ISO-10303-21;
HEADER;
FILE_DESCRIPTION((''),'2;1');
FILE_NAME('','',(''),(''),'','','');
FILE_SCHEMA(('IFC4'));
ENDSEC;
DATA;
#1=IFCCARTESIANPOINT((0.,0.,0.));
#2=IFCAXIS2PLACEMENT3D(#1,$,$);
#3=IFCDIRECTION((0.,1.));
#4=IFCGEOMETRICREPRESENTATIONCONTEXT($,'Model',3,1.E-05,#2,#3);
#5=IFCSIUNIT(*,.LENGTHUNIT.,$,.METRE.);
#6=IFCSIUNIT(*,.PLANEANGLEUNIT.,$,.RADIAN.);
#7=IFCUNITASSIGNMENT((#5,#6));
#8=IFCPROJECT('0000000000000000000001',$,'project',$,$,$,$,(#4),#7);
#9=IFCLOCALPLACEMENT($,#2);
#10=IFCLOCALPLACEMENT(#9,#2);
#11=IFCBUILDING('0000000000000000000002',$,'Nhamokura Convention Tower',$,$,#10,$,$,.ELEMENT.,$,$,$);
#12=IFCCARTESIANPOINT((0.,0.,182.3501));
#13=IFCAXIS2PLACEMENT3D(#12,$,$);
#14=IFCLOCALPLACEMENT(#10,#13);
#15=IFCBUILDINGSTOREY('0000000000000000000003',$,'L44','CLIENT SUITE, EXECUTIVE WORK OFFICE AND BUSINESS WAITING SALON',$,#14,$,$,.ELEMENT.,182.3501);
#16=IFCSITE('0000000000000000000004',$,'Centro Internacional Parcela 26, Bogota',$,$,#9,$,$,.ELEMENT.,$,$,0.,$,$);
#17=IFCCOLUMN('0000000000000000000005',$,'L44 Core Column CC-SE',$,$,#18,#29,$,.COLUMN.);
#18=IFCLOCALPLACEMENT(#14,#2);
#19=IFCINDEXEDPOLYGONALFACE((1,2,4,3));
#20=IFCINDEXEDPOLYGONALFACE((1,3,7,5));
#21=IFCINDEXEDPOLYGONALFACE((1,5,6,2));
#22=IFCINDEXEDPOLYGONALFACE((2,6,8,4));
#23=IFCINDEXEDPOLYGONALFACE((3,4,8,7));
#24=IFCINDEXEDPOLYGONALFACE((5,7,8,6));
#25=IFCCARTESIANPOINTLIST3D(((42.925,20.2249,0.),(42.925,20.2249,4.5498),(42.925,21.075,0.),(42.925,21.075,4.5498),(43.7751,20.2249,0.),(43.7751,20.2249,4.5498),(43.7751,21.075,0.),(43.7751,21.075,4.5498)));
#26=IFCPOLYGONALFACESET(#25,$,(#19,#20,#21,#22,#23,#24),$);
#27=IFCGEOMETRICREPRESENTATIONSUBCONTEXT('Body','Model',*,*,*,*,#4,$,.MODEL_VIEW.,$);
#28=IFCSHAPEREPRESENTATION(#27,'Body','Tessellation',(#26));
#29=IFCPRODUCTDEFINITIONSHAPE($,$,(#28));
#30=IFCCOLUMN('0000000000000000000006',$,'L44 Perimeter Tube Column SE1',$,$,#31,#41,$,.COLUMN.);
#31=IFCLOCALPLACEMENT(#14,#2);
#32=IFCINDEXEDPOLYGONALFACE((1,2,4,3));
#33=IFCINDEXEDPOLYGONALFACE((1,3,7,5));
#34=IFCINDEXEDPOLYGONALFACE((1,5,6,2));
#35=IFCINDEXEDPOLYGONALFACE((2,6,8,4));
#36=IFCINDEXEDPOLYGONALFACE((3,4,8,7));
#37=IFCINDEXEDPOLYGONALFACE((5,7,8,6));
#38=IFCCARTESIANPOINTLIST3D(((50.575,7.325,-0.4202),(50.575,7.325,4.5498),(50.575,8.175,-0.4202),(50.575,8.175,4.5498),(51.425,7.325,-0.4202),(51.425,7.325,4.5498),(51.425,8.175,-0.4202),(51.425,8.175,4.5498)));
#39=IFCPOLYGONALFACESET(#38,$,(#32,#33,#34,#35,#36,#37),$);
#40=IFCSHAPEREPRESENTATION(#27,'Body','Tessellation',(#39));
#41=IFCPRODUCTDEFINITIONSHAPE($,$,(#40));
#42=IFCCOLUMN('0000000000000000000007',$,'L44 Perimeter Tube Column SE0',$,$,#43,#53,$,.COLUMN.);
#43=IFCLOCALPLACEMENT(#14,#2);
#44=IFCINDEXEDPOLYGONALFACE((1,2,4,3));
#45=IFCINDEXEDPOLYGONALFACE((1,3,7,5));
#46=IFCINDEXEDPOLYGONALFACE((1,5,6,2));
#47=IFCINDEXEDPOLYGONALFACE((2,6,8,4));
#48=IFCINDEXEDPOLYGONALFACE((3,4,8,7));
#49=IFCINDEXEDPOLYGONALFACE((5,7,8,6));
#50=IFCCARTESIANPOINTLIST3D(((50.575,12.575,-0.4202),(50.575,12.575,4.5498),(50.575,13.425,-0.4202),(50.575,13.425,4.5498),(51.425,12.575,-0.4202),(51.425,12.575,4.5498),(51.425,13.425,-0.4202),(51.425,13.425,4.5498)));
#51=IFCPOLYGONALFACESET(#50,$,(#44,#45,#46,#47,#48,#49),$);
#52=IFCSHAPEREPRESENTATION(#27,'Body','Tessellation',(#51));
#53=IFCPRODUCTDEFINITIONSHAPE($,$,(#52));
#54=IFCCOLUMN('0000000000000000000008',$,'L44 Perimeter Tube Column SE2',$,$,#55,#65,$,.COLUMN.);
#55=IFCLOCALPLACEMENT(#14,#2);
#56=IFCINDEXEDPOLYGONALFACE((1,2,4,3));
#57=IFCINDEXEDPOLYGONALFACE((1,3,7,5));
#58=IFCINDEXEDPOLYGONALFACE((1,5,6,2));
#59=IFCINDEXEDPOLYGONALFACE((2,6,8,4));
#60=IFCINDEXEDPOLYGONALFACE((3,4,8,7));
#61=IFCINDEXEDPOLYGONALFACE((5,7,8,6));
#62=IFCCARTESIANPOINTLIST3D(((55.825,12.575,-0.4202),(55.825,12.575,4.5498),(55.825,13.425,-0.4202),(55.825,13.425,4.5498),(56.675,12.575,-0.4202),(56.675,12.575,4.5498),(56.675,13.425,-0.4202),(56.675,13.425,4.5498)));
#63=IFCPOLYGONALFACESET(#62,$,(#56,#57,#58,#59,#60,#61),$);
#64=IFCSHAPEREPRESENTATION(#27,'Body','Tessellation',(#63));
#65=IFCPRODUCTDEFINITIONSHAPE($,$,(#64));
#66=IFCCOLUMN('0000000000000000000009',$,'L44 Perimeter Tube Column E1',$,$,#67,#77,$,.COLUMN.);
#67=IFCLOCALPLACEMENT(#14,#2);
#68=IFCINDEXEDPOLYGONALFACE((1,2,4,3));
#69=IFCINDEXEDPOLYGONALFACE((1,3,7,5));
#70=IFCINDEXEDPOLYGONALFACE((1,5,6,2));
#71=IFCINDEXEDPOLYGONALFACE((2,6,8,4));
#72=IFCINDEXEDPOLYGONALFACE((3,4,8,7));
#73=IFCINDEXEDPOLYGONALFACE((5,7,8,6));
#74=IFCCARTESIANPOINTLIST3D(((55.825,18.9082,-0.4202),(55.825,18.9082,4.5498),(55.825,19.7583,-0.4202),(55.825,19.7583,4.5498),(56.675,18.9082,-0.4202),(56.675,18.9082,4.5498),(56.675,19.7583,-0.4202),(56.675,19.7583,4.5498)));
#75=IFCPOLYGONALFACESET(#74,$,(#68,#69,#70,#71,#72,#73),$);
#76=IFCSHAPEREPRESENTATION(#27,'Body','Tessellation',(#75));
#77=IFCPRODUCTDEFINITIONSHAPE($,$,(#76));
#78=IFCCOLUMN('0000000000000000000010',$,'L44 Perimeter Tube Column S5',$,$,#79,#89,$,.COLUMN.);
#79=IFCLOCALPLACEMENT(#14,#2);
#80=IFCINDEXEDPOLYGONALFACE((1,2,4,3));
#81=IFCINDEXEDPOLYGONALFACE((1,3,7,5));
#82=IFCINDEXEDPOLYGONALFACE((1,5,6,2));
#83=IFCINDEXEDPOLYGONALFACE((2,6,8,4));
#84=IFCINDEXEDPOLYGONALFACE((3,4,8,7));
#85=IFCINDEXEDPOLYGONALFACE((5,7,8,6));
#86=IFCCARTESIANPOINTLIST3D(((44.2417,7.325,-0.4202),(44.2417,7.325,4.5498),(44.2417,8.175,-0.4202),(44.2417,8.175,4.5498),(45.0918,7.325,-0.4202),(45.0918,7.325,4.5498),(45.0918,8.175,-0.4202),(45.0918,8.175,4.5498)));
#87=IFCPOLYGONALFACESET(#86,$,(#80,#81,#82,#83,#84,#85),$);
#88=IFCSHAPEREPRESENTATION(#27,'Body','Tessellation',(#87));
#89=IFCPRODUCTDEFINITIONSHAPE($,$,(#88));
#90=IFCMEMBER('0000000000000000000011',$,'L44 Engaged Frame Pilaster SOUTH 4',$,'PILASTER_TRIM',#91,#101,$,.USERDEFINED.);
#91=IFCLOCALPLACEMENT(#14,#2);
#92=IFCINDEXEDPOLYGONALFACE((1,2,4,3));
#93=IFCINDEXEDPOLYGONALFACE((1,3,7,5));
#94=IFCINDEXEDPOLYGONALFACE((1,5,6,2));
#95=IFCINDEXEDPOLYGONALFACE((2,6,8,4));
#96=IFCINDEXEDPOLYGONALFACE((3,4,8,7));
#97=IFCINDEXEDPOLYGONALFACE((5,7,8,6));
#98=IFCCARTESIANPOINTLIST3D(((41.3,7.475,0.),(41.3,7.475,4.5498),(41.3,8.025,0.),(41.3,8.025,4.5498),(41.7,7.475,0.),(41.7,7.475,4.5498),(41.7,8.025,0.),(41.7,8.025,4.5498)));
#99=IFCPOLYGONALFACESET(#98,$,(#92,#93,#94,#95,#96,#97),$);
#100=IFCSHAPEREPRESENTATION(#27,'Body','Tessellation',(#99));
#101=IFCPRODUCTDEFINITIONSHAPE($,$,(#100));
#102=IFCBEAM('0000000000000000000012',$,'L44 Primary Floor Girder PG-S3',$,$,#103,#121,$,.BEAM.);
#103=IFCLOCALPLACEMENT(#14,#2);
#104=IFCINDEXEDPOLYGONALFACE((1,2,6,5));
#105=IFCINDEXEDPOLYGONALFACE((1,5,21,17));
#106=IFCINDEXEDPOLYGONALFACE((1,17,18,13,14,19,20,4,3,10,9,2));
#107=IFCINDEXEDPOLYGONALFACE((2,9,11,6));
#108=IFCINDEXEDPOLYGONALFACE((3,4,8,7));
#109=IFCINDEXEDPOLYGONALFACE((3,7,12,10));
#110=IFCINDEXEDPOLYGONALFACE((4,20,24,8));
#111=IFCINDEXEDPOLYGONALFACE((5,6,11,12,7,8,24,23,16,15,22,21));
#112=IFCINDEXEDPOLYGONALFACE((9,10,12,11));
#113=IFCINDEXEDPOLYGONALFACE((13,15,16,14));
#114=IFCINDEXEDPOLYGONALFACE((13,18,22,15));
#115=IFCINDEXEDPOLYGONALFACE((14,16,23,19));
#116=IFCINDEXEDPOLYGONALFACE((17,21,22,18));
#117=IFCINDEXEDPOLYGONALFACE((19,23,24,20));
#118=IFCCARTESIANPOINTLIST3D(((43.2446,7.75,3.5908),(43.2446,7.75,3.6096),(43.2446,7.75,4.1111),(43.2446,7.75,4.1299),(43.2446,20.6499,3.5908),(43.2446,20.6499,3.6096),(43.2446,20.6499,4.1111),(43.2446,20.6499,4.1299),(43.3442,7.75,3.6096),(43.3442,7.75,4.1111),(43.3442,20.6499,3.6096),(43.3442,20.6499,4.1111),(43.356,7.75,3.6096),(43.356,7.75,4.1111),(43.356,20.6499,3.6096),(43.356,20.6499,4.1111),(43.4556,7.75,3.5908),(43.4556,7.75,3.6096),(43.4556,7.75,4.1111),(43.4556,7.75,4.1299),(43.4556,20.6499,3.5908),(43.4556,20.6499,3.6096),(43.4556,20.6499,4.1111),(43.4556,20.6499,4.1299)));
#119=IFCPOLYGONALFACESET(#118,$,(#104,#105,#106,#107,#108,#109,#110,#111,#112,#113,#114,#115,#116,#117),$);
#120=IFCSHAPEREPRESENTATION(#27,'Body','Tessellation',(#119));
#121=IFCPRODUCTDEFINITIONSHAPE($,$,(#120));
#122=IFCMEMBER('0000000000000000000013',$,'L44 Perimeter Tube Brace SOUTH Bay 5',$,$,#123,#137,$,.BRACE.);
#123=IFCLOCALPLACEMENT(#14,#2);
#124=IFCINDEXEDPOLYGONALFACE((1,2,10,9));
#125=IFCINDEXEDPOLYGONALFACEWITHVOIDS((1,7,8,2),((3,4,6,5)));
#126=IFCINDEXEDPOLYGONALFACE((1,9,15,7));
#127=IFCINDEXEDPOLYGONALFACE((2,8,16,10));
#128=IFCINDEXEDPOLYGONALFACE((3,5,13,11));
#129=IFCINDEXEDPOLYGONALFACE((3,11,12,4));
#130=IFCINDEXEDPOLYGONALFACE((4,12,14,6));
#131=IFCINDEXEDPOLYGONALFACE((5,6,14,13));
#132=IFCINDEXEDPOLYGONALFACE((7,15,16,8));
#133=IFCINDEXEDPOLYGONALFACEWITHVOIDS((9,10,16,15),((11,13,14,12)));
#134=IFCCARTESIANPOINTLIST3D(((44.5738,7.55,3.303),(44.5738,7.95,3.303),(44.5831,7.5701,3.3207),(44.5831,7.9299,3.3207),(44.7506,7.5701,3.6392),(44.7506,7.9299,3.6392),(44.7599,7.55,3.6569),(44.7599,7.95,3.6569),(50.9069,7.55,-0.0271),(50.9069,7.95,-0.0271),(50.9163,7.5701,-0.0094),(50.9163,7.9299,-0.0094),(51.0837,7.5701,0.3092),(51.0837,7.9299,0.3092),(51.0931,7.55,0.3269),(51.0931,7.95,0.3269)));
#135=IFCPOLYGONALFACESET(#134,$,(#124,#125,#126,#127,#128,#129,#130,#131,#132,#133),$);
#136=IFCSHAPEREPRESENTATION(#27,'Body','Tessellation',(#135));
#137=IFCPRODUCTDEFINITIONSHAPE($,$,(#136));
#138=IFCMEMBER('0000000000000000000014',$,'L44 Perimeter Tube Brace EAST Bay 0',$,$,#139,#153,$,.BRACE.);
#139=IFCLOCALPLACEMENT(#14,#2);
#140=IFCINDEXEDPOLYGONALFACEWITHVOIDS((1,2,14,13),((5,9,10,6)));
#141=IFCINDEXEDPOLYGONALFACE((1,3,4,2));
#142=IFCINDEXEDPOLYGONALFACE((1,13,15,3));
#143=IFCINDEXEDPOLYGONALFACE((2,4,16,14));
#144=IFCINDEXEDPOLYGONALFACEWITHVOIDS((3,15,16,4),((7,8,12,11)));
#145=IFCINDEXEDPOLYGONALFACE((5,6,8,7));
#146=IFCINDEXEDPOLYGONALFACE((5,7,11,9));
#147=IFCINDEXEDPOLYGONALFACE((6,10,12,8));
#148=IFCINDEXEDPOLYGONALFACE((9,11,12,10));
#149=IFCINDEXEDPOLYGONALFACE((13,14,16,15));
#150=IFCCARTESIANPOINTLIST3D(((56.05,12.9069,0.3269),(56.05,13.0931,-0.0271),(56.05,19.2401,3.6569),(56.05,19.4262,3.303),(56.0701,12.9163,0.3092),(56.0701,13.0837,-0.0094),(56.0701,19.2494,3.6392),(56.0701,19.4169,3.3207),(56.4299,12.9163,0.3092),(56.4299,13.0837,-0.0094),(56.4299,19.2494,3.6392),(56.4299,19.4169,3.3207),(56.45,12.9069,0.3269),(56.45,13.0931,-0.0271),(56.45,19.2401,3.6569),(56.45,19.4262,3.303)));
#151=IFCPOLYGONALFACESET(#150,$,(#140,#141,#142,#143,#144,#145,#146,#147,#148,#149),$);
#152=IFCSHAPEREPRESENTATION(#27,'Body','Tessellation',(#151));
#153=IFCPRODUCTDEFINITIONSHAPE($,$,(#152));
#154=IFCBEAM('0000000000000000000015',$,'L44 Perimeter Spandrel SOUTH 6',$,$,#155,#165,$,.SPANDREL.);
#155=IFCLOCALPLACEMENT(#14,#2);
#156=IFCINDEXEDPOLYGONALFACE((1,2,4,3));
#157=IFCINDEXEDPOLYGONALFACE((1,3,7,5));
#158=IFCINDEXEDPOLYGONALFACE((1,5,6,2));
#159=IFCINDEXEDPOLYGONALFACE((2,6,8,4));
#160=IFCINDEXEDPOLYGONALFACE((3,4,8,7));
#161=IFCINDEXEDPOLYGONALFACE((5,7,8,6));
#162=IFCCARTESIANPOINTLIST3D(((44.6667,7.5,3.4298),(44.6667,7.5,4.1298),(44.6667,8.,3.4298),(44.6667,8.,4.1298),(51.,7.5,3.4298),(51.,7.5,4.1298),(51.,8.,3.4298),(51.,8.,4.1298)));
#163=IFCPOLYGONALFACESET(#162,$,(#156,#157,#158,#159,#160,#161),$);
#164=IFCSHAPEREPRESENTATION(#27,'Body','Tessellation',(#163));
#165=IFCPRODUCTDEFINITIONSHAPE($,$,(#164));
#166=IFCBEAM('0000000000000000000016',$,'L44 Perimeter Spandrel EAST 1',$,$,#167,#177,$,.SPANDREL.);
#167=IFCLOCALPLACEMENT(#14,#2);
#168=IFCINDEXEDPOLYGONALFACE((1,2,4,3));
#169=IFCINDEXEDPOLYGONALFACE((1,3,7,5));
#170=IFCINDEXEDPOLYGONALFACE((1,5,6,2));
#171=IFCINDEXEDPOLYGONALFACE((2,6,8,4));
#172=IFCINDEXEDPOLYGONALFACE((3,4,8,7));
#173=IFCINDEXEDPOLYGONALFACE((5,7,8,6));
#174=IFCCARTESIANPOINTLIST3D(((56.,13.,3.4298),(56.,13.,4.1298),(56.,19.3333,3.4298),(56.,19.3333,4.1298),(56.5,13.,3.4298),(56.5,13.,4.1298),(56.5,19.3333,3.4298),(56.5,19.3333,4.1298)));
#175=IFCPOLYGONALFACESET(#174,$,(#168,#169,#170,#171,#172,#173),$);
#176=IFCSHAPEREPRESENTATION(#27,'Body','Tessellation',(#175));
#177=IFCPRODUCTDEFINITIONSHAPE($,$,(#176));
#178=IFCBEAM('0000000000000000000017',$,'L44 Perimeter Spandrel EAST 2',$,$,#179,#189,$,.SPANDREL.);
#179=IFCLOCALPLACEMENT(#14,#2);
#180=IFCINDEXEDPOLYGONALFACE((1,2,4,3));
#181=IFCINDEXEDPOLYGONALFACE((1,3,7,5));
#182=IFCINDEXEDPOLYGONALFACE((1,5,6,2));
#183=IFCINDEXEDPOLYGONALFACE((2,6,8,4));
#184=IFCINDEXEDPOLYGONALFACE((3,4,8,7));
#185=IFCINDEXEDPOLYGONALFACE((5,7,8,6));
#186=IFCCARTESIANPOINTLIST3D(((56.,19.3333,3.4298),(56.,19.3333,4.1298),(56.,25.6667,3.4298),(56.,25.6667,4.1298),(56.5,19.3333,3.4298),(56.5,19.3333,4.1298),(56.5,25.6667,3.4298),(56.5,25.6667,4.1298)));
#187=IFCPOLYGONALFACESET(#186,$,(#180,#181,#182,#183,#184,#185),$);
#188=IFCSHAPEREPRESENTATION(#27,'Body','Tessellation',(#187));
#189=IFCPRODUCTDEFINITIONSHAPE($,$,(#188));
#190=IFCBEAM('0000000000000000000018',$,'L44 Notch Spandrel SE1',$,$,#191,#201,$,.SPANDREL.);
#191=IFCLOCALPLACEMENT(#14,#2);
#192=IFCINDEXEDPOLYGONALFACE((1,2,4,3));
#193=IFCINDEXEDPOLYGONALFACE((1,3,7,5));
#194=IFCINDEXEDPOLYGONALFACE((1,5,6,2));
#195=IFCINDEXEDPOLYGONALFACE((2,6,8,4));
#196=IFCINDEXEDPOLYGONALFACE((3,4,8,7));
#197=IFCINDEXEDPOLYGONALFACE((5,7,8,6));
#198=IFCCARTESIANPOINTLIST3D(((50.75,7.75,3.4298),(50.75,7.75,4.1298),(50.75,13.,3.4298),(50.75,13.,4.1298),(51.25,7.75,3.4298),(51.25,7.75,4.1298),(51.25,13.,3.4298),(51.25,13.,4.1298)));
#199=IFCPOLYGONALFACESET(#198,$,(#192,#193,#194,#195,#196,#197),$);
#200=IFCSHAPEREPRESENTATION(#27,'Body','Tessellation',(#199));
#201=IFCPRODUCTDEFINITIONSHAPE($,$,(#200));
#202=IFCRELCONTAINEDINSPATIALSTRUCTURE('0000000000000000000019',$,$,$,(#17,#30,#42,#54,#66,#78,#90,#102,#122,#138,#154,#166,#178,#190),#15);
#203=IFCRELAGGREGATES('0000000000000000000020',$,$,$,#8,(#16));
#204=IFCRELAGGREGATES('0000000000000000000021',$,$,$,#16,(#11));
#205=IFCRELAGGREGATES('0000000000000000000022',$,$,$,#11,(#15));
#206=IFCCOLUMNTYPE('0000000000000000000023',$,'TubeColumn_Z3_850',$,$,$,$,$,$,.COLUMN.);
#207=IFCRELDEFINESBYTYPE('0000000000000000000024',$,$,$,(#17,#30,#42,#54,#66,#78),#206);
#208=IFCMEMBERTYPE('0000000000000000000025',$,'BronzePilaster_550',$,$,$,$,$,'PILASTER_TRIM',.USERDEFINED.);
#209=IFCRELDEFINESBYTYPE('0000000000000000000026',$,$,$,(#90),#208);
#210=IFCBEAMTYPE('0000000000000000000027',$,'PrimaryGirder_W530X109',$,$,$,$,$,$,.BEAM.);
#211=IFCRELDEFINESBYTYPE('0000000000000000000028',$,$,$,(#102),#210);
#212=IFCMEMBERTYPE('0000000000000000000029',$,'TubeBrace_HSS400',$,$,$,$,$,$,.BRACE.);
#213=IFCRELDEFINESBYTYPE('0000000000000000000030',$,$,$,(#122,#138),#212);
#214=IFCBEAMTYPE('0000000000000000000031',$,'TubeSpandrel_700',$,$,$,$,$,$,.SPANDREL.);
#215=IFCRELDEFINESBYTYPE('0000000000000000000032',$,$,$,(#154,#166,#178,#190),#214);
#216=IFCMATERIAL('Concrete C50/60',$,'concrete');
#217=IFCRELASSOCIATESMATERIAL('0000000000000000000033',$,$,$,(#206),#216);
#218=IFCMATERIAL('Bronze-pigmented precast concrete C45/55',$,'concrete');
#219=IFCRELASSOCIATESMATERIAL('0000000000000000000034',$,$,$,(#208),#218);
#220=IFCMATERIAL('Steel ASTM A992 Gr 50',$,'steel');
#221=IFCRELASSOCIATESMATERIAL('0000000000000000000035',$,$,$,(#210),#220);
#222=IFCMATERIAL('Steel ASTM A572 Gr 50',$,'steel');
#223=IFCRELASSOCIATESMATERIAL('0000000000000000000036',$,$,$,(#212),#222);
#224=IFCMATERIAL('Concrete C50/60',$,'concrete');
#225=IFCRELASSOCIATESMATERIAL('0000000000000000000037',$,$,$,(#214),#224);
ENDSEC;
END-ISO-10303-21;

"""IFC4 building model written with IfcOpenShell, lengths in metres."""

from ifc_helpers import new_model, si_unit, direction, frame, origin, origin_2d, place, context, subcontext, project, spatial, rectangle, hollow_rectangle, i_section, extrude, material, material_profile, profile_set, type_object, element, save


model = new_model("IFC4")

# Units and contexts
model_context = context("Model", 3, precision=1e-05, world=origin(), true_north=direction((0.0, 1.0)))
body_context = subcontext(model_context, "Body", "Model", "MODEL_VIEW")
ifc_project = project(units=[si_unit("LENGTHUNIT", "METRE"), si_unit("PLANEANGLEUNIT", "RADIAN")], contexts=[model_context])

# Site, building, storey
site_placement = place(None, origin())
site = spatial("IfcSite", under=ifc_project, at=site_placement, Name="Centro Internacional Parcela 26, Bogota", CompositionType="ELEMENT", RefElevation=0.0)
building_placement = place(site_placement, origin())
building = spatial("IfcBuilding", under=site, at=building_placement, Name="Nhamokura Convention Tower", CompositionType="ELEMENT")
storey_placement = place(building_placement, frame((0.0, 0.0, 182.3501)))
storey = spatial("IfcBuildingStorey", under=building, at=storey_placement, Name="L44", Description="CLIENT SUITE, EXECUTIVE WORK OFFICE AND BUSINESS WAITING SALON", CompositionType="ELEMENT", Elevation=182.3501)

# Columns
ifc_material_1 = material(Name="Concrete C50/60", Category="concrete")
ifc_material_profile_1 = material_profile(ifc_material_1, rectangle(XDim=0.8501, YDim=0.8501, at=origin_2d()))
ifc_profile_set_1 = profile_set([ifc_material_profile_1], Name="Concrete C50/60")
column_type = type_object("IfcColumnType", Name="TubeColumn_Z3_850", PredefinedType="COLUMN", material=ifc_profile_set_1)
column_placement = place(storey_placement, frame((43.3501, 20.6499, 0.0), z_axis=(0.0, 0.0, 1.0), x_axis=(1.0, 0.0, 0.0)))
element("IfcColumn", 1, at=column_placement, inside=storey, type_object=column_type, Name="L44 Core Column CC-SE", PredefinedType="COLUMN", context=body_context, shape_type="SweptSolid", body=[
    extrude(rectangle(XDim=0.8501, YDim=0.8501, at=origin_2d()), origin(), (0.0, 0.0, 1.0), 4.5498),
])
for number, where, z_axis, x_axis, name in (
    (2, (51.0, 7.75, -0.4202), (0.0, 0.0, 1.0), (1.0, 0.0, 0.0), "L44 Perimeter Tube Column SE1"),
    (3, (51.0, 13.0, -0.4202), (0.0, 0.0, 1.0), (1.0, 0.0, 0.0), "L44 Perimeter Tube Column SE0"),
    (4, (56.25, 13.0, -0.4202), (0.0, 0.0, 1.0), (1.0, 0.0, 0.0), "L44 Perimeter Tube Column SE2"),
    (5, (56.25, 19.3333, -0.4202), (0.0, 0.0, 1.0), (1.0, 0.0, 0.0), "L44 Perimeter Tube Column E1"),
    (6, (44.6667, 7.75, -0.4202), (0.0, 0.0, 1.0), (1.0, 0.0, 0.0), "L44 Perimeter Tube Column S5"),
):
    element("IfcColumn", number, at=place(storey_placement, frame(where, z_axis=z_axis, x_axis=x_axis)), inside=storey, type_object=column_type, Name=name, PredefinedType="COLUMN", context=body_context, shape_type="SweptSolid", body=[
        extrude(rectangle(XDim=0.8501, YDim=0.8501, at=origin_2d()), origin(), (0.0, 0.0, 1.0), 4.97),
    ])

# Member
ifc_material_2 = material(Name="Bronze-pigmented precast concrete C45/55", Category="concrete")
ifc_material_profile_2 = material_profile(ifc_material_2, rectangle(XDim=0.3999, YDim=0.55, at=origin_2d()))
ifc_profile_set_2 = profile_set([ifc_material_profile_2], Name="Bronze-pigmented precast concrete C45/55")
member_type_1 = type_object("IfcMemberType", Name="BronzePilaster_550", ElementType="PILASTER_TRIM", PredefinedType="USERDEFINED", material=ifc_profile_set_2)
member_placement = place(storey_placement, frame((41.5, 7.75, 0.0), z_axis=(0.0, 0.0, 1.0), x_axis=(1.0, 0.0, 0.0)))
element("IfcMember", 7, at=member_placement, inside=storey, type_object=member_type_1, Name="L44 Engaged Frame Pilaster SOUTH 4", ObjectType="PILASTER_TRIM", PredefinedType="USERDEFINED", context=body_context, shape_type="SweptSolid", body=[
    extrude(rectangle(XDim=0.3999, YDim=0.55, at=origin_2d()), origin(), (0.0, 0.0, 1.0), 4.5498),
])

# Beam
ifc_material_3 = material(Name="Steel ASTM A992 Gr 50", Category="steel")
ifc_material_profile_3 = material_profile(ifc_material_3, i_section(OverallWidth=0.2109, OverallDepth=0.5391, WebThickness=0.0117, FlangeThickness=0.0188, at=origin_2d()))
ifc_profile_set_3 = profile_set([ifc_material_profile_3], Name="Steel ASTM A992 Gr 50")
beam_type_1 = type_object("IfcBeamType", Name="PrimaryGirder_W530X109", PredefinedType="BEAM", material=ifc_profile_set_3)
beam_1_placement = place(storey_placement, frame((43.3501, 7.75, 3.8604), z_axis=(0.0, 1.0, 0.0), x_axis=(-1.0, 0.0, 0.0)))
element("IfcBeam", 8, at=beam_1_placement, inside=storey, type_object=beam_type_1, Name="L44 Primary Floor Girder PG-S3", PredefinedType="BEAM", context=body_context, shape_type="SweptSolid", body=[
    extrude(i_section(OverallWidth=0.2109, OverallDepth=0.5391, WebThickness=0.0117, FlangeThickness=0.0188, at=origin_2d()), origin(), (0.0, 0.0, 1.0), 12.8999),
])

# Members
ifc_material_4 = material(Name="Steel ASTM A572 Gr 50", Category="steel")
ifc_material_profile_4 = material_profile(ifc_material_4, hollow_rectangle(XDim=0.3999, YDim=0.3999, WallThickness=0.02, at=origin_2d()))
ifc_profile_set_4 = profile_set([ifc_material_profile_4], Name="Steel ASTM A572 Gr 50")
member_type_2 = type_object("IfcMemberType", Name="TubeBrace_HSS400", PredefinedType="BRACE", material=ifc_profile_set_4)
for number, where, z_axis, x_axis, name in (
    (9, (51.0, 7.75, 0.1499), (-0.885103, 0.0, 0.465395), (0.0, -1.0, 0.0), "L44 Perimeter Tube Brace SOUTH Bay 5"),
    (10, (56.25, 13.0, 0.1499), (0.0, 0.885103, 0.465395), (-1.0, 0.0, 0.0), "L44 Perimeter Tube Brace EAST Bay 0"),
):
    element("IfcMember", number, at=place(storey_placement, frame(where, z_axis=z_axis, x_axis=x_axis)), inside=storey, type_object=member_type_2, Name=name, PredefinedType="BRACE", context=body_context, shape_type="SweptSolid", body=[
        extrude(hollow_rectangle(XDim=0.3999, YDim=0.3999, WallThickness=0.02, at=origin_2d()), origin(), (0.0, 0.0, 1.0), 7.1553),
    ])

# Beams
ifc_material_5 = material(Name="Concrete C50/60", Category="concrete")
ifc_material_profile_5 = material_profile(ifc_material_5, rectangle(XDim=0.5, YDim=0.7, at=origin_2d()))
ifc_profile_set_5 = profile_set([ifc_material_profile_5], Name="Concrete C50/60")
beam_type_2 = type_object("IfcBeamType", Name="TubeSpandrel_700", PredefinedType="SPANDREL", material=ifc_profile_set_5)
for number, where, z_axis, x_axis, name in (
    (11, (44.6667, 7.75, 3.7798), (1.0, 0.0, 0.0), (0.0, 1.0, 0.0), "L44 Perimeter Spandrel SOUTH 6"),
    (12, (56.25, 13.0, 3.7798), (0.0, 1.0, 0.0), (-1.0, 0.0, 0.0), "L44 Perimeter Spandrel EAST 1"),
):
    element("IfcBeam", number, at=place(storey_placement, frame(where, z_axis=z_axis, x_axis=x_axis)), inside=storey, type_object=beam_type_2, Name=name, PredefinedType="SPANDREL", context=body_context, shape_type="SweptSolid", body=[
        extrude(rectangle(XDim=0.5, YDim=0.7, at=origin_2d()), origin(), (0.0, 0.0, 1.0), 6.3333),
    ])
beam_2_placement = place(storey_placement, frame((56.25, 19.3333, 3.7798), z_axis=(0.0, 1.0, 0.0), x_axis=(-1.0, 0.0, 0.0)))
element("IfcBeam", 13, at=beam_2_placement, inside=storey, type_object=beam_type_2, Name="L44 Perimeter Spandrel EAST 2", PredefinedType="SPANDREL", context=body_context, shape_type="SweptSolid", body=[
    extrude(rectangle(XDim=0.5, YDim=0.7, at=origin_2d()), origin(), (0.0, 0.0, 1.0), 6.3335),
])
for number, where, z_axis, x_axis, name in (
    (14, (51.0, 7.75, 3.7798), (0.0, 1.0, 0.0), (-1.0, 0.0, 0.0), "L44 Notch Spandrel SE1"),
):
    element("IfcBeam", number, at=place(storey_placement, frame(where, z_axis=z_axis, x_axis=x_axis)), inside=storey, type_object=beam_type_2, Name=name, PredefinedType="SPANDREL", context=body_context, shape_type="SweptSolid", body=[
        extrude(rectangle(XDim=0.5, YDim=0.7, at=origin_2d()), origin(), (0.0, 0.0, 1.0), 5.25),
    ])

save(model, "model.ifc")
